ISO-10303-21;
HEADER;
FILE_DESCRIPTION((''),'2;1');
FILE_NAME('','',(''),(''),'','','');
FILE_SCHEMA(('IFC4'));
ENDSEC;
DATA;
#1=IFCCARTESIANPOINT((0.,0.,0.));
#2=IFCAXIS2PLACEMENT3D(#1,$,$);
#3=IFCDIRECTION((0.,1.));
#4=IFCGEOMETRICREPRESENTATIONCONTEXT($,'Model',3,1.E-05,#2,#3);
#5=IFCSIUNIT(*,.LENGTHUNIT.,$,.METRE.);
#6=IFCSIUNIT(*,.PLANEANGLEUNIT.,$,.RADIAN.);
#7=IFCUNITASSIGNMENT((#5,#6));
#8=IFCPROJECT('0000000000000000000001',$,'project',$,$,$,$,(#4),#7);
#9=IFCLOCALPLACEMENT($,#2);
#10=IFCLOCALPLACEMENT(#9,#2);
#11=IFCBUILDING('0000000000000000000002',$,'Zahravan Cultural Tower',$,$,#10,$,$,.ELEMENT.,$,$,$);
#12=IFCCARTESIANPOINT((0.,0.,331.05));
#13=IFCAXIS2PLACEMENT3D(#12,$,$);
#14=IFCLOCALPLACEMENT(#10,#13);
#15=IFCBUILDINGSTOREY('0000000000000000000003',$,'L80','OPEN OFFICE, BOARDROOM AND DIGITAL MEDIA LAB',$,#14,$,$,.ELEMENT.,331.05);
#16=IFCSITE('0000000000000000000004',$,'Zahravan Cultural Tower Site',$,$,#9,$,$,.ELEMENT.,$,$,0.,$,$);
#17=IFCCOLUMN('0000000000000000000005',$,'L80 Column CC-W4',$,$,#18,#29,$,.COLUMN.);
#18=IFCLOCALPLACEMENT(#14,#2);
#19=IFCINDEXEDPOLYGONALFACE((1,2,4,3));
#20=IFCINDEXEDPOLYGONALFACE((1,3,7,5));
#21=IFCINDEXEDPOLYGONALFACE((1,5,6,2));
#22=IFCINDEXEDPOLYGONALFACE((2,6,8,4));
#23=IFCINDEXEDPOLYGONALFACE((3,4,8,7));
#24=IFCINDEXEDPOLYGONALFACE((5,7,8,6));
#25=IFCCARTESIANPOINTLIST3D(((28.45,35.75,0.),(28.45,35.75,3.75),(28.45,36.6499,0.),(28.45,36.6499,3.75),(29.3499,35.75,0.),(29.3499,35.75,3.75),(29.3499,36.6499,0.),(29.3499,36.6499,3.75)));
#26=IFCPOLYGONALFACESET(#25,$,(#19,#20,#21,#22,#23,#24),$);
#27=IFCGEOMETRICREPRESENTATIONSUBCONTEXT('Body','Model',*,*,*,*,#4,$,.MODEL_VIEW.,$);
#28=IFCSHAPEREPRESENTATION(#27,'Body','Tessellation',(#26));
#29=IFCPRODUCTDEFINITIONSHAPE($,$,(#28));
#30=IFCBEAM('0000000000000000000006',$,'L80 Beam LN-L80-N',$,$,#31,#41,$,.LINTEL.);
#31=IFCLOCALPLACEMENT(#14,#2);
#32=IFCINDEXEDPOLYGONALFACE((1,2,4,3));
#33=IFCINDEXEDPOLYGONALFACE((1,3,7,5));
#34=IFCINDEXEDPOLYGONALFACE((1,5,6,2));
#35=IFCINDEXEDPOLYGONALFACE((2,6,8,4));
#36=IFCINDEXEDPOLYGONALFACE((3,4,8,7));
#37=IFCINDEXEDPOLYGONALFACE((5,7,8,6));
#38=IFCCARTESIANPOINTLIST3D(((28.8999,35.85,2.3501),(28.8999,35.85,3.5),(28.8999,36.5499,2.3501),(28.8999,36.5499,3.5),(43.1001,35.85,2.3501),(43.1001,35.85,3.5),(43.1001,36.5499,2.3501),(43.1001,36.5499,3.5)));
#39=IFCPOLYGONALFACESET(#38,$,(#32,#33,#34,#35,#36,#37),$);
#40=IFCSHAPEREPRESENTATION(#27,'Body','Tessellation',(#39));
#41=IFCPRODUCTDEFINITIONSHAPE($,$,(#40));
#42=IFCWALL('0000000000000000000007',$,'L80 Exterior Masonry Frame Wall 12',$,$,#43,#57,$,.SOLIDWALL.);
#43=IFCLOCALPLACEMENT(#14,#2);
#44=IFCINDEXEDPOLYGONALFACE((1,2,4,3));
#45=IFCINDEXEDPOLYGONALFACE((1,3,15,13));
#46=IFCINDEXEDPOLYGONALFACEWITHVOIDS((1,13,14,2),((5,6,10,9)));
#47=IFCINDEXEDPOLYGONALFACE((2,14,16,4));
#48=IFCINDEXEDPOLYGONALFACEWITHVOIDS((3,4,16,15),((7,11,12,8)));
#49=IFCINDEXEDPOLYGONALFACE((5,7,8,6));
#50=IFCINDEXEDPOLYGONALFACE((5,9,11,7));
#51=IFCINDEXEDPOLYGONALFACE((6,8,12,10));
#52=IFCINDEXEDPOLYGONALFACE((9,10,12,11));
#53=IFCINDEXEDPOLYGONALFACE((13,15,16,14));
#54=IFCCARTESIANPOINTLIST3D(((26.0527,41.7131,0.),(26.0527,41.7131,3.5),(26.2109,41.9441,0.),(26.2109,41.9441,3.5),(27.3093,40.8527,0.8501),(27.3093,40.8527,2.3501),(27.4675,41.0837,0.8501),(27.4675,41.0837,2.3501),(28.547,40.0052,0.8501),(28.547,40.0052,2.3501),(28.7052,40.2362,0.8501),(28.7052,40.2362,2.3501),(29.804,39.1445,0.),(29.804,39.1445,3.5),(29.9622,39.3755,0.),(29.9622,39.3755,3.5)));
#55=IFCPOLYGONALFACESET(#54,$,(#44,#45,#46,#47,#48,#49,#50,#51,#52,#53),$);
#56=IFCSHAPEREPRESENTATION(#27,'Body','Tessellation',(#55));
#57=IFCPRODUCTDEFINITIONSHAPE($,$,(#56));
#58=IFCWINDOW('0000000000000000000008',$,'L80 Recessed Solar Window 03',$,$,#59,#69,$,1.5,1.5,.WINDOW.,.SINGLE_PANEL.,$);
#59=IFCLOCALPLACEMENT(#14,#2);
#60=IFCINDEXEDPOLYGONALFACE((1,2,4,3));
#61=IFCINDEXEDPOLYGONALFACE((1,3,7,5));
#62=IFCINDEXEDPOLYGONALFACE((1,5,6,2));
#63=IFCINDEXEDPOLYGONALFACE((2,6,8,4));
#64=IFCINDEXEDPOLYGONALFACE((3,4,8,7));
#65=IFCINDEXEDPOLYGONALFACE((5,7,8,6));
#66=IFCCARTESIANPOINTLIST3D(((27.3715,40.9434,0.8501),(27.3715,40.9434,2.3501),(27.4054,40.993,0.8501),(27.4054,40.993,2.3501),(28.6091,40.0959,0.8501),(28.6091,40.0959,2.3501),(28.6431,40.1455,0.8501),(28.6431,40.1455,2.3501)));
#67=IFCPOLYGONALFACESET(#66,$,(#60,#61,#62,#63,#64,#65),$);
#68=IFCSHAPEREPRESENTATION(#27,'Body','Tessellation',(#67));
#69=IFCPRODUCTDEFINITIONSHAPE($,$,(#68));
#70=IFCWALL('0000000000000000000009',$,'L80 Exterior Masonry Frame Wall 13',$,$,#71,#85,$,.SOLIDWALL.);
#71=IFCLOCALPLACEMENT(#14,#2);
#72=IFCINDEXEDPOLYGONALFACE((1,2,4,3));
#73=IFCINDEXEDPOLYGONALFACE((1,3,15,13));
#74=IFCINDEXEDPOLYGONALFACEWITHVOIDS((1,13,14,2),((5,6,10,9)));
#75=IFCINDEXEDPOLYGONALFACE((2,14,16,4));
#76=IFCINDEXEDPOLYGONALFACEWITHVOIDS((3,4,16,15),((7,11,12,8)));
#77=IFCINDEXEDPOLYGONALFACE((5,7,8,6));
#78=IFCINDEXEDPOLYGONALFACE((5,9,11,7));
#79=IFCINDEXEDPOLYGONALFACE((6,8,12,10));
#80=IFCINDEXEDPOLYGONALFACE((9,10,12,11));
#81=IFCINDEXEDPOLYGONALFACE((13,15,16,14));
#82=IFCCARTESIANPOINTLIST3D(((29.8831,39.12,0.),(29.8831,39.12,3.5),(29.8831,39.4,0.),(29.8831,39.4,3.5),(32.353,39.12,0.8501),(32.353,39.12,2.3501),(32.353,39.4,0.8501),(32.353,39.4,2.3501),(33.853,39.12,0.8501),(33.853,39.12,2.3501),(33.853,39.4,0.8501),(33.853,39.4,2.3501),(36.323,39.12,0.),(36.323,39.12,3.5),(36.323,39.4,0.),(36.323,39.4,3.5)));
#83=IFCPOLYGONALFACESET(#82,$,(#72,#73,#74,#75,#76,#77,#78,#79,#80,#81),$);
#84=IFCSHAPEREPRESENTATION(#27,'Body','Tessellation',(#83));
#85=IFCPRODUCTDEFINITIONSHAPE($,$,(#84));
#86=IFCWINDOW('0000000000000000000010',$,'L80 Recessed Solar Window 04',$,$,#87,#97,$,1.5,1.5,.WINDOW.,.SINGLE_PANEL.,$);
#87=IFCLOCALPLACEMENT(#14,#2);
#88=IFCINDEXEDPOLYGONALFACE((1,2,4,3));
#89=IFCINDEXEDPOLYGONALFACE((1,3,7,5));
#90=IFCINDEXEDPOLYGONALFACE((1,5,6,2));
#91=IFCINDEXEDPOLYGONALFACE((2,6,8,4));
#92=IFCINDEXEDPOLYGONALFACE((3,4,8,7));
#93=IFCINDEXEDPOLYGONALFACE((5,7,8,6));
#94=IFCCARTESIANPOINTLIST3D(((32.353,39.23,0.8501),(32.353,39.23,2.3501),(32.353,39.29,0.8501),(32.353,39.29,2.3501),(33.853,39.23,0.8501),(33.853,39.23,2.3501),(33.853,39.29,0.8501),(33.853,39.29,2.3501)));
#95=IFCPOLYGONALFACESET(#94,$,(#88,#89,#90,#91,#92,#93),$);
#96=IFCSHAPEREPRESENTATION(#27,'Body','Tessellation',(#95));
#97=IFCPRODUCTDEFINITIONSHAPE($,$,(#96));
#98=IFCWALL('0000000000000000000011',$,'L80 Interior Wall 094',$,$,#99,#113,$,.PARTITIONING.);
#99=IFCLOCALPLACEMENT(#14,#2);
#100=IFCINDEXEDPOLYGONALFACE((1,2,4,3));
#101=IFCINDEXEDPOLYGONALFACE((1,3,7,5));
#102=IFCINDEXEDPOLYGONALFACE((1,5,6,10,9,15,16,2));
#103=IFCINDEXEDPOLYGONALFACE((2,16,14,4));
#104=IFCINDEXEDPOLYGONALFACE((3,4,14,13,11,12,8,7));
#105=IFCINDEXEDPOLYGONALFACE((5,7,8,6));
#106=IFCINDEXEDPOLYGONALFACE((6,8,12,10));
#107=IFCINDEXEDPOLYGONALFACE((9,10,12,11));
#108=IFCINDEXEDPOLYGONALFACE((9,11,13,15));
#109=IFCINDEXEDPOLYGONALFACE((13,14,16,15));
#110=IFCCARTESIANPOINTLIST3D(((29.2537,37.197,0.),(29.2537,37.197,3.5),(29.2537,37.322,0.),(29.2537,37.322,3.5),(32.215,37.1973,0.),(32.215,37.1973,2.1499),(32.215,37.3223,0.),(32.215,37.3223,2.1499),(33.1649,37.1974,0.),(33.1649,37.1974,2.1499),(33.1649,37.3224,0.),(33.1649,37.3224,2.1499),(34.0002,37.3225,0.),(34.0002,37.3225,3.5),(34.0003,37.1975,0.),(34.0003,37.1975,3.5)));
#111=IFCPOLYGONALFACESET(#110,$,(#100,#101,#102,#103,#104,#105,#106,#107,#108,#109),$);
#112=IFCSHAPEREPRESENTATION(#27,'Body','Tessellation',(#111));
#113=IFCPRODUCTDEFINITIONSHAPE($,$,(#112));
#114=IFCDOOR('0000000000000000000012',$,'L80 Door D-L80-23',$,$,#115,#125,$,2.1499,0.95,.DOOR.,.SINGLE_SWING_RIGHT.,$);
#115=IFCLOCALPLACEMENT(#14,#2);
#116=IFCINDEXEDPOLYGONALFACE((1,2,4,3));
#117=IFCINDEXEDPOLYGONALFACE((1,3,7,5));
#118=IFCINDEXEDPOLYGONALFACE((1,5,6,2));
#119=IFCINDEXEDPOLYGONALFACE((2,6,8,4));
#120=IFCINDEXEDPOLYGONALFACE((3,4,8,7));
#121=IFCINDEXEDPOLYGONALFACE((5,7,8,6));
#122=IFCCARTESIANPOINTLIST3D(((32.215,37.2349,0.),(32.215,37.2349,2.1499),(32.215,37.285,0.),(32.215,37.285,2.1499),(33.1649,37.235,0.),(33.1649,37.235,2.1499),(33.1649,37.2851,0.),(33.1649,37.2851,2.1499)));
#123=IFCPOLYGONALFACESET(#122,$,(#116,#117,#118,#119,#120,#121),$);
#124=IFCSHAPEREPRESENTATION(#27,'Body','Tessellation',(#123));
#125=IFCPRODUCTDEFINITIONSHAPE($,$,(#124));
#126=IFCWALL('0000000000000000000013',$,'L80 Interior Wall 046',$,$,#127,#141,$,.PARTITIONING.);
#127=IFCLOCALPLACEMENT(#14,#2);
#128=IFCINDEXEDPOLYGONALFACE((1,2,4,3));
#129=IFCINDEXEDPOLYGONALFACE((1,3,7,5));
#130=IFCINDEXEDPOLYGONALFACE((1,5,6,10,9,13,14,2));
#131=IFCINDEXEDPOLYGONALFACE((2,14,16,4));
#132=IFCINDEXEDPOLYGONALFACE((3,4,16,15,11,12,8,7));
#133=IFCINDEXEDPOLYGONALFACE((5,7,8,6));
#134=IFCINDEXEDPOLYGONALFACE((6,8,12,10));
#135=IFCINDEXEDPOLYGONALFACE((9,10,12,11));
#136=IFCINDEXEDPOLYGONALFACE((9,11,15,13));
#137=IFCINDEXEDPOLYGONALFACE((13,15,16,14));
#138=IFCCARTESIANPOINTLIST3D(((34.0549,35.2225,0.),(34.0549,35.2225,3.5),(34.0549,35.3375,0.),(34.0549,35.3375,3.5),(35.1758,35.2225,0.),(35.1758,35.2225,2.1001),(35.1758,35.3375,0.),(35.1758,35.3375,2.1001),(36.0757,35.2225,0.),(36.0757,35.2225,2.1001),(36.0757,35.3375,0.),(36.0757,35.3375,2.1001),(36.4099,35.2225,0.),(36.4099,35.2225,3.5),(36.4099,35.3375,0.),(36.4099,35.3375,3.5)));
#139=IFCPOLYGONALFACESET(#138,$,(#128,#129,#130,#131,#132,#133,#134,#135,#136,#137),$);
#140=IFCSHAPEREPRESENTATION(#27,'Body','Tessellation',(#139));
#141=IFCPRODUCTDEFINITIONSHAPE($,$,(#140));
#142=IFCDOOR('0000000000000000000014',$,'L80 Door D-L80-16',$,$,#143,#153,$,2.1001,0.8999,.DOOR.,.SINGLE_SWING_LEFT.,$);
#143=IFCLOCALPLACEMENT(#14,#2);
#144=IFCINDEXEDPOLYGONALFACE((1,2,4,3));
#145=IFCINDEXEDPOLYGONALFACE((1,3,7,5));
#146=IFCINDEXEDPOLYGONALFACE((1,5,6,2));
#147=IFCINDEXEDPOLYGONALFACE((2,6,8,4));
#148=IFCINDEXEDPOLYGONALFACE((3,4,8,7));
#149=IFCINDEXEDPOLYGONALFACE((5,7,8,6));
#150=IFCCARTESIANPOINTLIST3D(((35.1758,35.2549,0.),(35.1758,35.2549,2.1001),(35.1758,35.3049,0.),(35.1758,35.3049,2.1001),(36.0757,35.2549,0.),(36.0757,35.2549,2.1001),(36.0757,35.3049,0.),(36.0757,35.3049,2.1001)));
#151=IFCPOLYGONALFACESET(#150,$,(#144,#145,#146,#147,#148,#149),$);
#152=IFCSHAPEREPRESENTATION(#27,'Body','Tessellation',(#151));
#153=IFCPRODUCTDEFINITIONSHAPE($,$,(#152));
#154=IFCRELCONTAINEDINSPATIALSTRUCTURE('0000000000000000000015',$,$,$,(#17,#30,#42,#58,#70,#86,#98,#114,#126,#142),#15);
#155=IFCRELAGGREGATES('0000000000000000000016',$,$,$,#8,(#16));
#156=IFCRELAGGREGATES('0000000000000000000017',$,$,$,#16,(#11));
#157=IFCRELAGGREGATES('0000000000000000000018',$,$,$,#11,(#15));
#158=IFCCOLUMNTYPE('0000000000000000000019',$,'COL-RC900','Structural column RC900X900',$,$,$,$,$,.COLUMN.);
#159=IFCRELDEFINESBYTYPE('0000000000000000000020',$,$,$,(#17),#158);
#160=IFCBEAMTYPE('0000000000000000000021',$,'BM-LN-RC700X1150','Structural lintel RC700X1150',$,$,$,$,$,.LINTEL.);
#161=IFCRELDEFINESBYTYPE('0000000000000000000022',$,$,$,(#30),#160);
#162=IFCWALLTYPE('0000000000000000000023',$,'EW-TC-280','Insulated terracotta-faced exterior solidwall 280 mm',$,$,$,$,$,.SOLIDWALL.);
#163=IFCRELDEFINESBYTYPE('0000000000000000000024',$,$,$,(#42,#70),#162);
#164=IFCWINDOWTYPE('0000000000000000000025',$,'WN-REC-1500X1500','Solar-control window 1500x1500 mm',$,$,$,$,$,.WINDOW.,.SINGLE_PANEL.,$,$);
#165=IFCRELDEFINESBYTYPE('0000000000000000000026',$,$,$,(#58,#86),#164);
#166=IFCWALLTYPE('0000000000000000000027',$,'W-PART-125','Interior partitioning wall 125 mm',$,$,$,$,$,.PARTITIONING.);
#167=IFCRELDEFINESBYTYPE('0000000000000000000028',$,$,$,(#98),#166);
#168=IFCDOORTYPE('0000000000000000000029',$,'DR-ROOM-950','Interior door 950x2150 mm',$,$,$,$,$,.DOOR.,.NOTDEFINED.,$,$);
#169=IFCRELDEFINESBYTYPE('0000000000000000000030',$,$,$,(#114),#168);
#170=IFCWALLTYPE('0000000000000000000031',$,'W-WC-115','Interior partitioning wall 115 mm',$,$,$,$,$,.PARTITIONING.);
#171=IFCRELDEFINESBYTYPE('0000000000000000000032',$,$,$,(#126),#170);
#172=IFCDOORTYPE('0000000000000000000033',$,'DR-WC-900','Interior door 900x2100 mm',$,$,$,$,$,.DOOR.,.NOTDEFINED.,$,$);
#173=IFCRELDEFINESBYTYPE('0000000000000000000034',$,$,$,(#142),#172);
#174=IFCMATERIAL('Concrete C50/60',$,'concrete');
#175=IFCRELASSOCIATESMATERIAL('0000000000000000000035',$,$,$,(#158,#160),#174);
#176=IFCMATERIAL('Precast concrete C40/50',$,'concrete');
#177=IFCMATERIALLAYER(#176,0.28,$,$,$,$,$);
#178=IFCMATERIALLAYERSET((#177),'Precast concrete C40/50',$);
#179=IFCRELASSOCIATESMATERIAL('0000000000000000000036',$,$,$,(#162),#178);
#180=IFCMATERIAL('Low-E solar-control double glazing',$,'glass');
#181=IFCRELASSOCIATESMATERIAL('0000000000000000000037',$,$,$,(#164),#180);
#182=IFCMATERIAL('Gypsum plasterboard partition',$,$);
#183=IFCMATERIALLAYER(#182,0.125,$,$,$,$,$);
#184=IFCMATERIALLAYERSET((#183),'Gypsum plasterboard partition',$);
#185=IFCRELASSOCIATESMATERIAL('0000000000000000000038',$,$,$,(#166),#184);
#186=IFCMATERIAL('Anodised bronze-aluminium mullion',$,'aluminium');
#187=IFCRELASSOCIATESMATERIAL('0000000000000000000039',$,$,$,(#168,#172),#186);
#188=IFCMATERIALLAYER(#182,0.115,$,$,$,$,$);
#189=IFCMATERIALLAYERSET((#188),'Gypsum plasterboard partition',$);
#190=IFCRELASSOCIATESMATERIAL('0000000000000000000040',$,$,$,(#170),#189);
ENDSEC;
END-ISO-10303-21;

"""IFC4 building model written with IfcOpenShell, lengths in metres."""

from ifc_helpers import new_model, si_unit, direction, frame, frame_2d, origin, origin_2d, place, context, subcontext, project, spatial, rectangle, extrude, source, transform, mapped, material, layer, layer_set, material_profile, profile_set, type_object, element, fill, save


model = new_model("IFC4")

# Units and contexts
model_context = context("Model", 3, precision=1e-05, world=origin(), true_north=direction((0.0, 1.0)))
body_context = subcontext(model_context, "Body", "Model", "MODEL_VIEW")
ifc_project = project(units=[si_unit("LENGTHUNIT", "METRE"), si_unit("PLANEANGLEUNIT", "RADIAN")], contexts=[model_context])

# Site, building, storey
site_placement = place(None, origin())
site = spatial("IfcSite", under=ifc_project, at=site_placement, Name="Zahravan Cultural Tower Site", CompositionType="ELEMENT", RefElevation=0.0)
building_placement = place(site_placement, origin())
building = spatial("IfcBuilding", under=site, at=building_placement, Name="Zahravan Cultural Tower", CompositionType="ELEMENT")
storey_placement = place(building_placement, frame((0.0, 0.0, 331.05)))
storey = spatial("IfcBuildingStorey", under=building, at=storey_placement, Name="L80", Description="OPEN OFFICE, BOARDROOM AND DIGITAL MEDIA LAB", CompositionType="ELEMENT", Elevation=331.05)

# Column
ifc_material_1 = material(Name="Concrete C50/60", Category="concrete")
ifc_material_profile_1 = material_profile(ifc_material_1, rectangle(XDim=0.8999, YDim=0.8999, at=origin_2d()), Name="RC900X900")
ifc_profile_set_1 = profile_set([ifc_material_profile_1], Name="Concrete C50/60")
column_type = type_object("IfcColumnType", Name="COL-RC900", Description="Structural column RC900X900", PredefinedType="COLUMN", material=ifc_profile_set_1)
shared_shape_1 = source(origin(), body_context, "Body", "SweptSolid", [
    extrude(rectangle(XDim=0.8999, YDim=0.8999, at=origin_2d()), origin(), (0.0, 0.0, 1.0), 3.75),
])
column_placement = place(storey_placement, frame((28.8999, 36.2, 0.0), z_axis=(0.0, 0.0, 1.0), x_axis=(1.0, 0.0, 0.0)))
element("IfcColumn", 1, at=column_placement, inside=storey, type_object=column_type, Name="L80 Column CC-W4", PredefinedType="COLUMN", context=body_context, shape_type="MappedRepresentation", body=[
    mapped(shared_shape_1, transform((0.0, 0.0, 0.0), x_axis=(1.0, 0.0, 0.0), y_axis=(0.0, 1.0, 0.0), z_axis=(0.0, 0.0, 1.0), scale=1.0)),
])

# Beam
ifc_material_profile_2 = material_profile(ifc_material_1, rectangle(XDim=0.7, YDim=1.1499, at=origin_2d()), Name="RC700X1150")
ifc_profile_set_2 = profile_set([ifc_material_profile_2], Name="Concrete C50/60")
beam_type = type_object("IfcBeamType", Name="BM-LN-RC700X1150", Description="Structural lintel RC700X1150", PredefinedType="LINTEL", material=ifc_profile_set_2)
shared_shape_2 = source(origin(), body_context, "Body", "SweptSolid", [
    extrude(rectangle(XDim=0.7, YDim=1.1499, at=origin_2d()), origin(), (0.0, 0.0, 1.0), 14.2002),
])
beam_placement = place(storey_placement, frame((28.8999, 36.2, 2.925), z_axis=(1.0, 0.0, 0.0), x_axis=(0.0, 1.0, 0.0)))
element("IfcBeam", 2, at=beam_placement, inside=storey, type_object=beam_type, Name="L80 Beam LN-L80-N", PredefinedType="LINTEL", context=body_context, shape_type="MappedRepresentation", body=[
    mapped(shared_shape_2, transform((0.0, 0.0, 0.0), x_axis=(1.0, 0.0, 0.0), y_axis=(0.0, 1.0, 0.0), z_axis=(0.0, 0.0, 1.0), scale=1.0)),
])

# Walls, openings, windows
ifc_material_2 = material(Name="Precast concrete C40/50", Category="concrete")
ifc_layer_1 = layer(ifc_material_2, 0.28)
ifc_layer_set_1 = layer_set([ifc_layer_1], Name="Precast concrete C40/50")
wall_type_1 = type_object("IfcWallType", Name="EW-TC-280", Description="Insulated terracotta-faced exterior solidwall 280 mm", PredefinedType="SOLIDWALL", material=ifc_layer_set_1)
wall_1_placement = place(storey_placement, frame((26.1318, 41.8286, 0.0), z_axis=(0.0, 0.0, 1.0), x_axis=(0.825104, -0.56498, 0.0)))
wall_1 = element("IfcWall", 3, at=wall_1_placement, inside=storey, type_object=wall_type_1, Name="L80 Exterior Masonry Frame Wall 12", PredefinedType="SOLIDWALL", context=body_context, shape_type="SweptSolid", body=[
    extrude(rectangle(XDim=4.5464, YDim=0.28, at=frame_2d((2.2732, 0.0))), origin(), (0.0, 0.0, 1.0), 3.5),
])
opening_1_placement = place(wall_1_placement, frame((1.5229, 0.0, 0.8501)))
opening_1 = element("IfcOpeningElement", 4, at=opening_1_placement, cuts=wall_1, PredefinedType="OPENING", context=body_context, shape_type="SweptSolid", body=[
    extrude(rectangle(XDim=1.5, YDim=1.5, at=frame_2d((0.75, 0.75))), frame((0.0, 0.1499, 0.0), z_axis=(0.0, -1.0, 0.0), x_axis=(1.0, 0.0, 0.0)), (0.0, 0.0, 1.0), 0.3),
])
ifc_material_3 = material(Name="Low-E solar-control double glazing", Category="glass")
window_type = type_object("IfcWindowType", Name="WN-REC-1500X1500", Description="Solar-control window 1500x1500 mm", PartitioningType="SINGLE_PANEL", PredefinedType="WINDOW", material=ifc_material_3)
shared_shape_3 = source(origin(), body_context, "Body", "SweptSolid", [
    extrude(rectangle(XDim=1.5, YDim=1.5, at=frame_2d((0.75, 0.75))), frame((0.0, 0.03, 0.0), z_axis=(0.0, -1.0, 0.0), x_axis=(1.0, 0.0, 0.0)), (0.0, 0.0, 1.0), 0.0601),
])
window_1_placement = place(opening_1_placement, origin())
window_1 = element("IfcWindow", 5, at=window_1_placement, inside=storey, type_object=window_type, Name="L80 Recessed Solar Window 03", OverallHeight=1.5, OverallWidth=1.5, PartitioningType="SINGLE_PANEL", PredefinedType="WINDOW", context=body_context, shape_type="MappedRepresentation", body=[
    mapped(shared_shape_3, transform((0.0, 0.0, 0.0), x_axis=(1.0, 0.0, 0.0), y_axis=(0.0, 1.0, 0.0), z_axis=(0.0, 0.0, 1.0), scale=1.0)),
])
fill(opening_1, window_1)
wall_2_placement = place(storey_placement, frame((29.8831, 39.26, 0.0), z_axis=(0.0, 0.0, 1.0), x_axis=(1.0, 0.0, 0.0)))
wall_2 = element("IfcWall", 6, at=wall_2_placement, inside=storey, type_object=wall_type_1, Name="L80 Exterior Masonry Frame Wall 13", PredefinedType="SOLIDWALL", context=body_context, shape_type="SweptSolid", body=[
    extrude(rectangle(XDim=6.4399, YDim=0.28, at=frame_2d((3.22, 0.0))), origin(), (0.0, 0.0, 1.0), 3.5),
])
opening_2_placement = place(wall_2_placement, frame((2.47, 0.0, 0.8501)))
opening_2 = element("IfcOpeningElement", 7, at=opening_2_placement, cuts=wall_2, PredefinedType="OPENING", context=body_context, shape_type="SweptSolid", body=[
    extrude(rectangle(XDim=1.5, YDim=1.5, at=frame_2d((0.75, 0.75))), frame((0.0, 0.1499, 0.0), z_axis=(0.0, -1.0, 0.0), x_axis=(1.0, 0.0, 0.0)), (0.0, 0.0, 1.0), 0.3),
])
window_2_placement = place(opening_2_placement, origin())
window_2 = element("IfcWindow", 8, at=window_2_placement, inside=storey, type_object=window_type, Name="L80 Recessed Solar Window 04", OverallHeight=1.5, OverallWidth=1.5, PartitioningType="SINGLE_PANEL", PredefinedType="WINDOW", context=body_context, shape_type="MappedRepresentation", body=[
    mapped(shared_shape_3, transform((0.0, 0.0, 0.0), x_axis=(1.0, 0.0, 0.0), y_axis=(0.0, 1.0, 0.0), z_axis=(0.0, 0.0, 1.0), scale=1.0)),
])
fill(opening_2, window_2)

# Walls, openings, doors
ifc_material_4 = material(Name="Gypsum plasterboard partition")
ifc_layer_2 = layer(ifc_material_4, 0.125)
ifc_layer_set_2 = layer_set([ifc_layer_2], Name="Gypsum plasterboard partition")
wall_type_2 = type_object("IfcWallType", Name="W-PART-125", Description="Interior partitioning wall 125 mm", PredefinedType="PARTITIONING", material=ifc_layer_set_2)
wall_3_placement = place(storey_placement, frame((34.0002, 37.26, 0.0), z_axis=(0.0, 0.0, 1.0), x_axis=(-1.0, -0.000103, 0.0)))
wall_3 = element("IfcWall", 9, at=wall_3_placement, inside=storey, type_object=wall_type_2, Name="L80 Interior Wall 094", PredefinedType="PARTITIONING", context=body_context, shape_type="SweptSolid", body=[
    extrude(rectangle(XDim=4.7466, YDim=0.125, at=frame_2d((2.3733, 0.0))), origin(), (0.0, 0.0, 1.0), 3.5),
])
opening_3_placement = place(wall_3_placement, frame((0.8352, 0.0, 0.0)))
opening_3 = element("IfcOpeningElement", 10, at=opening_3_placement, cuts=wall_3, PredefinedType="OPENING", context=body_context, shape_type="SweptSolid", body=[
    extrude(rectangle(XDim=0.95, YDim=2.1499, at=frame_2d((0.4751, 1.075))), frame((0.0, 0.0725, 0.0), z_axis=(0.0, -1.0, 0.0), x_axis=(1.0, 0.0, 0.0)), (0.0, 0.0, 1.0), 0.145),
])
ifc_material_5 = material(Name="Anodised bronze-aluminium mullion", Category="aluminium")
door_type_1 = type_object("IfcDoorType", Name="DR-ROOM-950", Description="Interior door 950x2150 mm", OperationType="NOTDEFINED", PredefinedType="DOOR", material=ifc_material_5)
shared_shape_4 = source(origin(), body_context, "Body", "SweptSolid", [
    extrude(rectangle(XDim=0.95, YDim=2.1499, at=frame_2d((0.4751, 1.075))), frame((0.0, 0.0249, 0.0), z_axis=(0.0, -1.0, 0.0), x_axis=(1.0, 0.0, 0.0)), (0.0, 0.0, 1.0), 0.05),
])
door_1_placement = place(opening_3_placement, origin())
door_1 = element("IfcDoor", 11, at=door_1_placement, inside=storey, type_object=door_type_1, Name="L80 Door D-L80-23", OperationType="SINGLE_SWING_RIGHT", OverallHeight=2.1499, OverallWidth=0.95, PredefinedType="DOOR", context=body_context, shape_type="MappedRepresentation", body=[
    mapped(shared_shape_4, transform((0.0, 0.0, 0.0), x_axis=(1.0, 0.0, 0.0), y_axis=(0.0, 1.0, 0.0), z_axis=(0.0, 0.0, 1.0), scale=1.0)),
])
fill(opening_3, door_1)
ifc_layer_3 = layer(ifc_material_4, 0.115)
ifc_layer_set_3 = layer_set([ifc_layer_3], Name="Gypsum plasterboard partition")
wall_type_3 = type_object("IfcWallType", Name="W-WC-115", Description="Interior partitioning wall 115 mm", PredefinedType="PARTITIONING", material=ifc_layer_set_3)
wall_4_placement = place(storey_placement, frame((34.0549, 35.28, 0.0), z_axis=(0.0, 0.0, 1.0), x_axis=(1.0, 0.0, 0.0)))
wall_4 = element("IfcWall", 12, at=wall_4_placement, inside=storey, type_object=wall_type_3, Name="L80 Interior Wall 046", PredefinedType="PARTITIONING", context=body_context, shape_type="SweptSolid", body=[
    extrude(rectangle(XDim=2.355, YDim=0.115, at=frame_2d((1.1775, 0.0))), origin(), (0.0, 0.0, 1.0), 3.5),
])
opening_4_placement = place(wall_4_placement, frame((1.1208, 0.0, 0.0)))
opening_4 = element("IfcOpeningElement", 13, at=opening_4_placement, cuts=wall_4, PredefinedType="OPENING", context=body_context, shape_type="SweptSolid", body=[
    extrude(rectangle(XDim=0.8999, YDim=2.1001, at=frame_2d((0.45, 1.05))), frame((0.0, 0.0674, 0.0), z_axis=(0.0, -1.0, 0.0), x_axis=(1.0, 0.0, 0.0)), (0.0, 0.0, 1.0), 0.135),
])
door_type_2 = type_object("IfcDoorType", Name="DR-WC-900", Description="Interior door 900x2100 mm", OperationType="NOTDEFINED", PredefinedType="DOOR", material=ifc_material_5)
shared_shape_5 = source(origin(), body_context, "Body", "SweptSolid", [
    extrude(rectangle(XDim=0.8999, YDim=2.1001, at=frame_2d((0.45, 1.05))), frame((0.0, 0.0249, 0.0), z_axis=(0.0, -1.0, 0.0), x_axis=(1.0, 0.0, 0.0)), (0.0, 0.0, 1.0), 0.05),
])
door_2_placement = place(opening_4_placement, origin())
door_2 = element("IfcDoor", 14, at=door_2_placement, inside=storey, type_object=door_type_2, Name="L80 Door D-L80-16", OperationType="SINGLE_SWING_LEFT", OverallHeight=2.1001, OverallWidth=0.8999, PredefinedType="DOOR", context=body_context, shape_type="MappedRepresentation", body=[
    mapped(shared_shape_5, transform((0.0, 0.0, 0.0), x_axis=(1.0, 0.0, 0.0), y_axis=(0.0, 1.0, 0.0), z_axis=(0.0, 0.0, 1.0), scale=1.0)),
])
fill(opening_4, door_2)

save(model, "model.ifc")
